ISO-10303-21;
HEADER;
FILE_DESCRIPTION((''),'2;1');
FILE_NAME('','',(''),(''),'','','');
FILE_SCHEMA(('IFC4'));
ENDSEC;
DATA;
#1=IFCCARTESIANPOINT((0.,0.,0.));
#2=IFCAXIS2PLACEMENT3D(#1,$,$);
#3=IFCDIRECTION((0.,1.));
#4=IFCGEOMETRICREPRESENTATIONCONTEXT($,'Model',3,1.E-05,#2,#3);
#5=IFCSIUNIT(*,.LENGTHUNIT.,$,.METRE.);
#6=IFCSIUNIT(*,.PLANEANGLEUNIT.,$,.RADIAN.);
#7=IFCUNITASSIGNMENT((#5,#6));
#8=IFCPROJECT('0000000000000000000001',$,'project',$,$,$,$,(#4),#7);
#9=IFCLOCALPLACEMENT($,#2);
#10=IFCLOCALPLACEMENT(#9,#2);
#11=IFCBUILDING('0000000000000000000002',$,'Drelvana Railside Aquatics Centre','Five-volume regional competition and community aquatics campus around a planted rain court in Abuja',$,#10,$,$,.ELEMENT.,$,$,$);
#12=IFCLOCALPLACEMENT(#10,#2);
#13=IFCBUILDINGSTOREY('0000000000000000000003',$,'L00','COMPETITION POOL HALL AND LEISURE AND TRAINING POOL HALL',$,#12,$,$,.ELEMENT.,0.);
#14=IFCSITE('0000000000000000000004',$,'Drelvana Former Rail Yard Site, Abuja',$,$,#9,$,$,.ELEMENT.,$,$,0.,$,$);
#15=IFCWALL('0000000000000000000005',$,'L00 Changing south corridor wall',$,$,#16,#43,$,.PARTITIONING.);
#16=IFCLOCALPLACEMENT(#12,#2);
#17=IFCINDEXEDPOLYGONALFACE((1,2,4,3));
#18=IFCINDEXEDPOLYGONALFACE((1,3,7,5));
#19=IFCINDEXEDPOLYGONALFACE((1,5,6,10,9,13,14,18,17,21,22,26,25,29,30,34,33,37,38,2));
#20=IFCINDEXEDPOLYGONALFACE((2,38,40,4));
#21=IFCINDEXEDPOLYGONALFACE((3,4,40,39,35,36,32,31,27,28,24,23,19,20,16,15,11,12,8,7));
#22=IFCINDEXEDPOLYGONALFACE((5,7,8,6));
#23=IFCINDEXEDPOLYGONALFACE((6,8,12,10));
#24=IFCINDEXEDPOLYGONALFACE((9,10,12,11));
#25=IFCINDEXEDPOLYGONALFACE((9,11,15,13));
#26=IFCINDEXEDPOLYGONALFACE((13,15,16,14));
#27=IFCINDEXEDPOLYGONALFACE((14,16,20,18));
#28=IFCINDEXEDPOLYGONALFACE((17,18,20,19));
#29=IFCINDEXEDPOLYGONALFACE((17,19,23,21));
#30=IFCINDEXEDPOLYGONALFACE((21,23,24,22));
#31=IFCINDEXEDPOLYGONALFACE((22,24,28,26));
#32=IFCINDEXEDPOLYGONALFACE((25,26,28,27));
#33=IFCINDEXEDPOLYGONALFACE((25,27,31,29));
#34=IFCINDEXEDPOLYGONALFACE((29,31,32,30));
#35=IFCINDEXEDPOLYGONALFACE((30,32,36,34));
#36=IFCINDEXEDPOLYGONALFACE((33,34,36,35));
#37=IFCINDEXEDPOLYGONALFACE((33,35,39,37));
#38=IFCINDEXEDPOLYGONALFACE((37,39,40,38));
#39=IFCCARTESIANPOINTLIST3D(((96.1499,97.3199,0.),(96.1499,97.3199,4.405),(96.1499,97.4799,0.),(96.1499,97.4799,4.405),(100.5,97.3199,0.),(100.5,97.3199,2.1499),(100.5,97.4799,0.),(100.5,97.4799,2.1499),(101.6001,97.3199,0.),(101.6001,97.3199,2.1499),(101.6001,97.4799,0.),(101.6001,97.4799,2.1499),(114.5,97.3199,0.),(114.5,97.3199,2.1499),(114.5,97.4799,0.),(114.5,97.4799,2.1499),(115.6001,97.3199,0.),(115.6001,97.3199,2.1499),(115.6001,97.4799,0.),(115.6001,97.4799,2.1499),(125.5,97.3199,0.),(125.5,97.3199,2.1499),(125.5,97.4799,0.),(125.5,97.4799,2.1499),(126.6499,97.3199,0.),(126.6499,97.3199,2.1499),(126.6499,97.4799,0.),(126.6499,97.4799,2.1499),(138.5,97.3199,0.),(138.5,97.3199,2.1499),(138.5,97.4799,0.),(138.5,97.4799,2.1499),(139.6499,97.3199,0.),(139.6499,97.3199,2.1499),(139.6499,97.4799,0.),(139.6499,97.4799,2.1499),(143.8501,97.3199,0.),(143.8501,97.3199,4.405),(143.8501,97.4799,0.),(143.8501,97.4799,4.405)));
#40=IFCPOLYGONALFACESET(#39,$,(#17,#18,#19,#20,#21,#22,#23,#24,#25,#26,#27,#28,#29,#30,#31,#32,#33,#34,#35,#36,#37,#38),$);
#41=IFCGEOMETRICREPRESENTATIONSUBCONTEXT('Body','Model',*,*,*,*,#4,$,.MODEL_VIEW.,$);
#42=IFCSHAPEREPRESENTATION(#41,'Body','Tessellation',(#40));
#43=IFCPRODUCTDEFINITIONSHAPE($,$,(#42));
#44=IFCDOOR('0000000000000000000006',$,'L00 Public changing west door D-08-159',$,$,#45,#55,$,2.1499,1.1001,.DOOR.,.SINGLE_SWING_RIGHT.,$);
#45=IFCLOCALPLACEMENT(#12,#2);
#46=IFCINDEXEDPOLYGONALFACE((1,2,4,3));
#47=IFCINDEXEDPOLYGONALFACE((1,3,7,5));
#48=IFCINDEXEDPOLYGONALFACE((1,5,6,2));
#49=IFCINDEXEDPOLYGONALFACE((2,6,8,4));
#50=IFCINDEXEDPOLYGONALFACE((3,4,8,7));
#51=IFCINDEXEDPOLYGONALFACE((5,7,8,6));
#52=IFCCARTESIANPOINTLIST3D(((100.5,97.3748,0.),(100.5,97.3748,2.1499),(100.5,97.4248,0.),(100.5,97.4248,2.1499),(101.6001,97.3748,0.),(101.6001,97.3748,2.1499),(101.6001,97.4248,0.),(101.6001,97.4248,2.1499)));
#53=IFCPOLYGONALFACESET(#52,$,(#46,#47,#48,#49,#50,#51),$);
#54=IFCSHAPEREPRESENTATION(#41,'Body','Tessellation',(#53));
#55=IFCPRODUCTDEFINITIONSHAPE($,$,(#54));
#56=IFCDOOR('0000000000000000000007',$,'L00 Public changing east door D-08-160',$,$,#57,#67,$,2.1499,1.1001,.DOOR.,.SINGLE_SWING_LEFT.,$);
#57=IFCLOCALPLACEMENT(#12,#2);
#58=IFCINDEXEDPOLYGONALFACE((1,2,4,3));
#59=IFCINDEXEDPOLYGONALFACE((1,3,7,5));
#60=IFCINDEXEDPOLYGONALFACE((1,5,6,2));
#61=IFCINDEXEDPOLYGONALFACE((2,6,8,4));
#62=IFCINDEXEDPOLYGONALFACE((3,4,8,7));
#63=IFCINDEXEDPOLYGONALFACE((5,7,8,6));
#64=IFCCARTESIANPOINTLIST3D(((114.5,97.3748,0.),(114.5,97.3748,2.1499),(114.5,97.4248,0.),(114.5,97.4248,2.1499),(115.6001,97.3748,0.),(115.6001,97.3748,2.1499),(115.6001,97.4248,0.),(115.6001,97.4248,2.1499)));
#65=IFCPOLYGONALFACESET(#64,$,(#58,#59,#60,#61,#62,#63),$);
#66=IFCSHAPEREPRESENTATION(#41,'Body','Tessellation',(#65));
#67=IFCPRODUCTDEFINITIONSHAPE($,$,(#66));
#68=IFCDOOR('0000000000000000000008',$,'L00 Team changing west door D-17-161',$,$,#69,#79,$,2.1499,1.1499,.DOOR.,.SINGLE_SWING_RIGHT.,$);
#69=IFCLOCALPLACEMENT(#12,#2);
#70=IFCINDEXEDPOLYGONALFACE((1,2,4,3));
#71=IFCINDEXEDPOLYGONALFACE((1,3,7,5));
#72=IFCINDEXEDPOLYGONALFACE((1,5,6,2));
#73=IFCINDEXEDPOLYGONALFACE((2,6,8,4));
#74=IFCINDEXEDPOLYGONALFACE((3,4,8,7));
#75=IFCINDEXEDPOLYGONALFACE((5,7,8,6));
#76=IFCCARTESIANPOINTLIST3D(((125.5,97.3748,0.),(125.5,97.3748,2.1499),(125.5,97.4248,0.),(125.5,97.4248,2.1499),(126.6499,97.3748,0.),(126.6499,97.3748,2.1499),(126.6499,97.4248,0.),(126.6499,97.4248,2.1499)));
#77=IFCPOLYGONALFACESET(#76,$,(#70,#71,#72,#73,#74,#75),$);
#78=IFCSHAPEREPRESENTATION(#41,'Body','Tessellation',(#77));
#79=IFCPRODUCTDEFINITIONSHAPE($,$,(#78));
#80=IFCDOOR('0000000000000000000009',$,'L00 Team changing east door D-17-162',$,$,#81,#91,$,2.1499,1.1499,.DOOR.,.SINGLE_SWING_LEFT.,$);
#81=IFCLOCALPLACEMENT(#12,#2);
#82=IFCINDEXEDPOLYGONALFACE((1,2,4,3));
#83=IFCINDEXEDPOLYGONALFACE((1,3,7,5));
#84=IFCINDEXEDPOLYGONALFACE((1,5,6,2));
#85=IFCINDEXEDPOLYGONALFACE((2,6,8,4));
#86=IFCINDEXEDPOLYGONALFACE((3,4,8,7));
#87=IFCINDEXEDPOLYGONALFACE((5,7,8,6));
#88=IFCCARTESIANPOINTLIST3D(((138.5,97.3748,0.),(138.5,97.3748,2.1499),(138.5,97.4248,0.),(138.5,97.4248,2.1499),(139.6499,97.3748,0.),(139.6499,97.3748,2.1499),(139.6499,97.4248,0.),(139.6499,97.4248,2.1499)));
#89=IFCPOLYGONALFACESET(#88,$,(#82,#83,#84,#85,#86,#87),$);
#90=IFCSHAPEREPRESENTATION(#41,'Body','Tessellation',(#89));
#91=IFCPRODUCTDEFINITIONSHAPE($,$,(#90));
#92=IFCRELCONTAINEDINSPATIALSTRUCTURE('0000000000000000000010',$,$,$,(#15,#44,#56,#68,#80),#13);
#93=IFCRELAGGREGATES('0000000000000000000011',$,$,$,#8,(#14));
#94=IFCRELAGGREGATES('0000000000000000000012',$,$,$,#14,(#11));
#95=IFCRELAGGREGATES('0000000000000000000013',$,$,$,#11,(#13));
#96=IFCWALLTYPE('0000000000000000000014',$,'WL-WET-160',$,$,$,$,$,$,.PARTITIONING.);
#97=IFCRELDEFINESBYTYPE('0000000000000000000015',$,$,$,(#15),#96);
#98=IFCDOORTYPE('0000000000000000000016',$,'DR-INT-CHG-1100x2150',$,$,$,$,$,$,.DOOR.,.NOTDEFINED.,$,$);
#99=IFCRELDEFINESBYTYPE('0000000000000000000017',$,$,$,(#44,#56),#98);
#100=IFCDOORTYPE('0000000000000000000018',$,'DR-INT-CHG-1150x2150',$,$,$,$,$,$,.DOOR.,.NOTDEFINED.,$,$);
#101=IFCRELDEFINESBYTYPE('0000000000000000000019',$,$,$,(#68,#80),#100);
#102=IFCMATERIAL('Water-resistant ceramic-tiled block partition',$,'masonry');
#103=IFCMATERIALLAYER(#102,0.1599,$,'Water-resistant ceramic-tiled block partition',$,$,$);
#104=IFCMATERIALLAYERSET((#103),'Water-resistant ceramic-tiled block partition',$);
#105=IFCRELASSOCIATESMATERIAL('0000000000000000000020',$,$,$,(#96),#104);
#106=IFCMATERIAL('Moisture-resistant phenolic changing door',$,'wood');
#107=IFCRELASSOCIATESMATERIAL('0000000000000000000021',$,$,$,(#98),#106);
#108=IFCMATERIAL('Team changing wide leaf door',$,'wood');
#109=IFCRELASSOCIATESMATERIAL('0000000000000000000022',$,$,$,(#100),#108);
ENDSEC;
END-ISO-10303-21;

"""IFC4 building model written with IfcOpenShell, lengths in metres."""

from ifc_helpers import new_model, si_unit, direction, frame, frame_2d, origin, place, context, subcontext, project, spatial, rectangle, extrude, material, layer, layer_set, type_object, element, fill, save


model = new_model("IFC4")

# Units and contexts
model_context = context("Model", 3, precision=1e-05, world=origin(), true_north=direction((0.0, 1.0)))
body_context = subcontext(model_context, "Body", "Model", "MODEL_VIEW")
ifc_project = project(units=[si_unit("LENGTHUNIT", "METRE"), si_unit("PLANEANGLEUNIT", "RADIAN")], contexts=[model_context])

# Site, building, storey
site_placement = place(None, origin())
site = spatial("IfcSite", under=ifc_project, at=site_placement, Name="Drelvana Former Rail Yard Site, Abuja", CompositionType="ELEMENT", RefElevation=0.0)
building_placement = place(site_placement, origin())
building = spatial("IfcBuilding", under=site, at=building_placement, Name="Drelvana Railside Aquatics Centre", Description="Five-volume regional competition and community aquatics campus around a planted rain court in Abuja", CompositionType="ELEMENT")
storey_placement = place(building_placement, origin())
storey = spatial("IfcBuildingStorey", under=building, at=storey_placement, Name="L00", Description="COMPETITION POOL HALL AND LEISURE AND TRAINING POOL HALL", CompositionType="ELEMENT", Elevation=0.0)

# Wall, openings, doors
ifc_material_1 = material(Name="Water-resistant ceramic-tiled block partition", Category="masonry")
ifc_layer_1 = layer(ifc_material_1, 0.1599, Name="Water-resistant ceramic-tiled block partition")
ifc_layer_set_1 = layer_set([ifc_layer_1], Name="Water-resistant ceramic-tiled block partition")
wall_type = type_object("IfcWallType", Name="WL-WET-160", PredefinedType="PARTITIONING", material=ifc_layer_set_1)
wall_placement = place(storey_placement, frame((96.1499, 97.3999, 0.0), z_axis=(0.0, 0.0, 1.0), x_axis=(1.0, 0.0, 0.0)))
wall = element("IfcWall", 1, at=wall_placement, inside=storey, type_object=wall_type, Name="L00 Changing south corridor wall", PredefinedType="PARTITIONING", context=body_context, shape_type="SweptSolid", body=[
    extrude(rectangle(XDim=47.7002, YDim=0.1599, at=frame_2d((23.8501, 0.0))), origin(), (0.0, 0.0, 1.0), 4.405),
])
opening_1_placement = place(wall_placement, frame((4.3501, 0.0, 0.0)))
opening_1 = element("IfcOpeningElement", 2, at=opening_1_placement, cuts=wall, PredefinedType="OPENING", context=body_context, shape_type="SweptSolid", body=[
    extrude(rectangle(XDim=1.1001, YDim=2.1499, at=frame_2d((0.55, 1.075))), frame((0.0, 0.0898, 0.0), z_axis=(0.0, -1.0, 0.0), x_axis=(1.0, 0.0, 0.0)), (0.0, 0.0, 1.0), 0.1799),
])
opening_2_placement = place(wall_placement, frame((18.3501, 0.0, 0.0)))
opening_2 = element("IfcOpeningElement", 3, at=opening_2_placement, cuts=wall, PredefinedType="OPENING", context=body_context, shape_type="SweptSolid", body=[
    extrude(rectangle(XDim=1.1001, YDim=2.1499, at=frame_2d((0.55, 1.075))), frame((0.0, 0.0898, 0.0), z_axis=(0.0, -1.0, 0.0), x_axis=(1.0, 0.0, 0.0)), (0.0, 0.0, 1.0), 0.1799),
])
opening_3_placement = place(wall_placement, frame((29.3501, 0.0, 0.0)))
opening_3 = element("IfcOpeningElement", 4, at=opening_3_placement, cuts=wall, PredefinedType="OPENING", context=body_context, shape_type="SweptSolid", body=[
    extrude(rectangle(XDim=1.1499, YDim=2.1499, at=frame_2d((0.575, 1.075))), frame((0.0, 0.0898, 0.0), z_axis=(0.0, -1.0, 0.0), x_axis=(1.0, 0.0, 0.0)), (0.0, 0.0, 1.0), 0.1799),
])
opening_4_placement = place(wall_placement, frame((42.3501, 0.0, 0.0)))
opening_4 = element("IfcOpeningElement", 5, at=opening_4_placement, cuts=wall, PredefinedType="OPENING", context=body_context, shape_type="SweptSolid", body=[
    extrude(rectangle(XDim=1.1499, YDim=2.1499, at=frame_2d((0.575, 1.075))), frame((0.0, 0.0898, 0.0), z_axis=(0.0, -1.0, 0.0), x_axis=(1.0, 0.0, 0.0)), (0.0, 0.0, 1.0), 0.1799),
])
ifc_material_2 = material(Name="Moisture-resistant phenolic changing door", Category="wood")
door_type_1 = type_object("IfcDoorType", Name="DR-INT-CHG-1100x2150", OperationType="NOTDEFINED", PredefinedType="DOOR", material=ifc_material_2)
door_1_placement = place(opening_1_placement, origin())
door_1 = element("IfcDoor", 6, at=door_1_placement, inside=storey, type_object=door_type_1, Name="L00 Public changing west door D-08-159", OperationType="SINGLE_SWING_RIGHT", OverallHeight=2.1499, OverallWidth=1.1001, PredefinedType="DOOR", context=body_context, shape_type="SweptSolid", body=[
    extrude(rectangle(XDim=1.1001, YDim=2.1499, at=frame_2d((0.55, 1.075))), frame((0.0, 0.0249, 0.0), z_axis=(0.0, -1.0, 0.0), x_axis=(1.0, 0.0, 0.0)), (0.0, 0.0, 1.0), 0.05),
])
fill(opening_1, door_1)
door_2_placement = place(opening_2_placement, origin())
door_2 = element("IfcDoor", 7, at=door_2_placement, inside=storey, type_object=door_type_1, Name="L00 Public changing east door D-08-160", OperationType="SINGLE_SWING_LEFT", OverallHeight=2.1499, OverallWidth=1.1001, PredefinedType="DOOR", context=body_context, shape_type="SweptSolid", body=[
    extrude(rectangle(XDim=1.1001, YDim=2.1499, at=frame_2d((0.55, 1.075))), frame((0.0, 0.0249, 0.0), z_axis=(0.0, -1.0, 0.0), x_axis=(1.0, 0.0, 0.0)), (0.0, 0.0, 1.0), 0.05),
])
fill(opening_2, door_2)
ifc_material_3 = material(Name="Team changing wide leaf door", Category="wood")
door_type_2 = type_object("IfcDoorType", Name="DR-INT-CHG-1150x2150", OperationType="NOTDEFINED", PredefinedType="DOOR", material=ifc_material_3)
door_3_placement = place(opening_3_placement, origin())
door_3 = element("IfcDoor", 8, at=door_3_placement, inside=storey, type_object=door_type_2, Name="L00 Team changing west door D-17-161", OperationType="SINGLE_SWING_RIGHT", OverallHeight=2.1499, OverallWidth=1.1499, PredefinedType="DOOR", context=body_context, shape_type="SweptSolid", body=[
    extrude(rectangle(XDim=1.1499, YDim=2.1499, at=frame_2d((0.575, 1.075))), frame((0.0, 0.0249, 0.0), z_axis=(0.0, -1.0, 0.0), x_axis=(1.0, 0.0, 0.0)), (0.0, 0.0, 1.0), 0.05),
])
fill(opening_3, door_3)
door_4_placement = place(opening_4_placement, origin())
door_4 = element("IfcDoor", 9, at=door_4_placement, inside=storey, type_object=door_type_2, Name="L00 Team changing east door D-17-162", OperationType="SINGLE_SWING_LEFT", OverallHeight=2.1499, OverallWidth=1.1499, PredefinedType="DOOR", context=body_context, shape_type="SweptSolid", body=[
    extrude(rectangle(XDim=1.1499, YDim=2.1499, at=frame_2d((0.575, 1.075))), frame((0.0, 0.0249, 0.0), z_axis=(0.0, -1.0, 0.0), x_axis=(1.0, 0.0, 0.0)), (0.0, 0.0, 1.0), 0.05),
])
fill(opening_4, door_4)

save(model, "model.ifc")
